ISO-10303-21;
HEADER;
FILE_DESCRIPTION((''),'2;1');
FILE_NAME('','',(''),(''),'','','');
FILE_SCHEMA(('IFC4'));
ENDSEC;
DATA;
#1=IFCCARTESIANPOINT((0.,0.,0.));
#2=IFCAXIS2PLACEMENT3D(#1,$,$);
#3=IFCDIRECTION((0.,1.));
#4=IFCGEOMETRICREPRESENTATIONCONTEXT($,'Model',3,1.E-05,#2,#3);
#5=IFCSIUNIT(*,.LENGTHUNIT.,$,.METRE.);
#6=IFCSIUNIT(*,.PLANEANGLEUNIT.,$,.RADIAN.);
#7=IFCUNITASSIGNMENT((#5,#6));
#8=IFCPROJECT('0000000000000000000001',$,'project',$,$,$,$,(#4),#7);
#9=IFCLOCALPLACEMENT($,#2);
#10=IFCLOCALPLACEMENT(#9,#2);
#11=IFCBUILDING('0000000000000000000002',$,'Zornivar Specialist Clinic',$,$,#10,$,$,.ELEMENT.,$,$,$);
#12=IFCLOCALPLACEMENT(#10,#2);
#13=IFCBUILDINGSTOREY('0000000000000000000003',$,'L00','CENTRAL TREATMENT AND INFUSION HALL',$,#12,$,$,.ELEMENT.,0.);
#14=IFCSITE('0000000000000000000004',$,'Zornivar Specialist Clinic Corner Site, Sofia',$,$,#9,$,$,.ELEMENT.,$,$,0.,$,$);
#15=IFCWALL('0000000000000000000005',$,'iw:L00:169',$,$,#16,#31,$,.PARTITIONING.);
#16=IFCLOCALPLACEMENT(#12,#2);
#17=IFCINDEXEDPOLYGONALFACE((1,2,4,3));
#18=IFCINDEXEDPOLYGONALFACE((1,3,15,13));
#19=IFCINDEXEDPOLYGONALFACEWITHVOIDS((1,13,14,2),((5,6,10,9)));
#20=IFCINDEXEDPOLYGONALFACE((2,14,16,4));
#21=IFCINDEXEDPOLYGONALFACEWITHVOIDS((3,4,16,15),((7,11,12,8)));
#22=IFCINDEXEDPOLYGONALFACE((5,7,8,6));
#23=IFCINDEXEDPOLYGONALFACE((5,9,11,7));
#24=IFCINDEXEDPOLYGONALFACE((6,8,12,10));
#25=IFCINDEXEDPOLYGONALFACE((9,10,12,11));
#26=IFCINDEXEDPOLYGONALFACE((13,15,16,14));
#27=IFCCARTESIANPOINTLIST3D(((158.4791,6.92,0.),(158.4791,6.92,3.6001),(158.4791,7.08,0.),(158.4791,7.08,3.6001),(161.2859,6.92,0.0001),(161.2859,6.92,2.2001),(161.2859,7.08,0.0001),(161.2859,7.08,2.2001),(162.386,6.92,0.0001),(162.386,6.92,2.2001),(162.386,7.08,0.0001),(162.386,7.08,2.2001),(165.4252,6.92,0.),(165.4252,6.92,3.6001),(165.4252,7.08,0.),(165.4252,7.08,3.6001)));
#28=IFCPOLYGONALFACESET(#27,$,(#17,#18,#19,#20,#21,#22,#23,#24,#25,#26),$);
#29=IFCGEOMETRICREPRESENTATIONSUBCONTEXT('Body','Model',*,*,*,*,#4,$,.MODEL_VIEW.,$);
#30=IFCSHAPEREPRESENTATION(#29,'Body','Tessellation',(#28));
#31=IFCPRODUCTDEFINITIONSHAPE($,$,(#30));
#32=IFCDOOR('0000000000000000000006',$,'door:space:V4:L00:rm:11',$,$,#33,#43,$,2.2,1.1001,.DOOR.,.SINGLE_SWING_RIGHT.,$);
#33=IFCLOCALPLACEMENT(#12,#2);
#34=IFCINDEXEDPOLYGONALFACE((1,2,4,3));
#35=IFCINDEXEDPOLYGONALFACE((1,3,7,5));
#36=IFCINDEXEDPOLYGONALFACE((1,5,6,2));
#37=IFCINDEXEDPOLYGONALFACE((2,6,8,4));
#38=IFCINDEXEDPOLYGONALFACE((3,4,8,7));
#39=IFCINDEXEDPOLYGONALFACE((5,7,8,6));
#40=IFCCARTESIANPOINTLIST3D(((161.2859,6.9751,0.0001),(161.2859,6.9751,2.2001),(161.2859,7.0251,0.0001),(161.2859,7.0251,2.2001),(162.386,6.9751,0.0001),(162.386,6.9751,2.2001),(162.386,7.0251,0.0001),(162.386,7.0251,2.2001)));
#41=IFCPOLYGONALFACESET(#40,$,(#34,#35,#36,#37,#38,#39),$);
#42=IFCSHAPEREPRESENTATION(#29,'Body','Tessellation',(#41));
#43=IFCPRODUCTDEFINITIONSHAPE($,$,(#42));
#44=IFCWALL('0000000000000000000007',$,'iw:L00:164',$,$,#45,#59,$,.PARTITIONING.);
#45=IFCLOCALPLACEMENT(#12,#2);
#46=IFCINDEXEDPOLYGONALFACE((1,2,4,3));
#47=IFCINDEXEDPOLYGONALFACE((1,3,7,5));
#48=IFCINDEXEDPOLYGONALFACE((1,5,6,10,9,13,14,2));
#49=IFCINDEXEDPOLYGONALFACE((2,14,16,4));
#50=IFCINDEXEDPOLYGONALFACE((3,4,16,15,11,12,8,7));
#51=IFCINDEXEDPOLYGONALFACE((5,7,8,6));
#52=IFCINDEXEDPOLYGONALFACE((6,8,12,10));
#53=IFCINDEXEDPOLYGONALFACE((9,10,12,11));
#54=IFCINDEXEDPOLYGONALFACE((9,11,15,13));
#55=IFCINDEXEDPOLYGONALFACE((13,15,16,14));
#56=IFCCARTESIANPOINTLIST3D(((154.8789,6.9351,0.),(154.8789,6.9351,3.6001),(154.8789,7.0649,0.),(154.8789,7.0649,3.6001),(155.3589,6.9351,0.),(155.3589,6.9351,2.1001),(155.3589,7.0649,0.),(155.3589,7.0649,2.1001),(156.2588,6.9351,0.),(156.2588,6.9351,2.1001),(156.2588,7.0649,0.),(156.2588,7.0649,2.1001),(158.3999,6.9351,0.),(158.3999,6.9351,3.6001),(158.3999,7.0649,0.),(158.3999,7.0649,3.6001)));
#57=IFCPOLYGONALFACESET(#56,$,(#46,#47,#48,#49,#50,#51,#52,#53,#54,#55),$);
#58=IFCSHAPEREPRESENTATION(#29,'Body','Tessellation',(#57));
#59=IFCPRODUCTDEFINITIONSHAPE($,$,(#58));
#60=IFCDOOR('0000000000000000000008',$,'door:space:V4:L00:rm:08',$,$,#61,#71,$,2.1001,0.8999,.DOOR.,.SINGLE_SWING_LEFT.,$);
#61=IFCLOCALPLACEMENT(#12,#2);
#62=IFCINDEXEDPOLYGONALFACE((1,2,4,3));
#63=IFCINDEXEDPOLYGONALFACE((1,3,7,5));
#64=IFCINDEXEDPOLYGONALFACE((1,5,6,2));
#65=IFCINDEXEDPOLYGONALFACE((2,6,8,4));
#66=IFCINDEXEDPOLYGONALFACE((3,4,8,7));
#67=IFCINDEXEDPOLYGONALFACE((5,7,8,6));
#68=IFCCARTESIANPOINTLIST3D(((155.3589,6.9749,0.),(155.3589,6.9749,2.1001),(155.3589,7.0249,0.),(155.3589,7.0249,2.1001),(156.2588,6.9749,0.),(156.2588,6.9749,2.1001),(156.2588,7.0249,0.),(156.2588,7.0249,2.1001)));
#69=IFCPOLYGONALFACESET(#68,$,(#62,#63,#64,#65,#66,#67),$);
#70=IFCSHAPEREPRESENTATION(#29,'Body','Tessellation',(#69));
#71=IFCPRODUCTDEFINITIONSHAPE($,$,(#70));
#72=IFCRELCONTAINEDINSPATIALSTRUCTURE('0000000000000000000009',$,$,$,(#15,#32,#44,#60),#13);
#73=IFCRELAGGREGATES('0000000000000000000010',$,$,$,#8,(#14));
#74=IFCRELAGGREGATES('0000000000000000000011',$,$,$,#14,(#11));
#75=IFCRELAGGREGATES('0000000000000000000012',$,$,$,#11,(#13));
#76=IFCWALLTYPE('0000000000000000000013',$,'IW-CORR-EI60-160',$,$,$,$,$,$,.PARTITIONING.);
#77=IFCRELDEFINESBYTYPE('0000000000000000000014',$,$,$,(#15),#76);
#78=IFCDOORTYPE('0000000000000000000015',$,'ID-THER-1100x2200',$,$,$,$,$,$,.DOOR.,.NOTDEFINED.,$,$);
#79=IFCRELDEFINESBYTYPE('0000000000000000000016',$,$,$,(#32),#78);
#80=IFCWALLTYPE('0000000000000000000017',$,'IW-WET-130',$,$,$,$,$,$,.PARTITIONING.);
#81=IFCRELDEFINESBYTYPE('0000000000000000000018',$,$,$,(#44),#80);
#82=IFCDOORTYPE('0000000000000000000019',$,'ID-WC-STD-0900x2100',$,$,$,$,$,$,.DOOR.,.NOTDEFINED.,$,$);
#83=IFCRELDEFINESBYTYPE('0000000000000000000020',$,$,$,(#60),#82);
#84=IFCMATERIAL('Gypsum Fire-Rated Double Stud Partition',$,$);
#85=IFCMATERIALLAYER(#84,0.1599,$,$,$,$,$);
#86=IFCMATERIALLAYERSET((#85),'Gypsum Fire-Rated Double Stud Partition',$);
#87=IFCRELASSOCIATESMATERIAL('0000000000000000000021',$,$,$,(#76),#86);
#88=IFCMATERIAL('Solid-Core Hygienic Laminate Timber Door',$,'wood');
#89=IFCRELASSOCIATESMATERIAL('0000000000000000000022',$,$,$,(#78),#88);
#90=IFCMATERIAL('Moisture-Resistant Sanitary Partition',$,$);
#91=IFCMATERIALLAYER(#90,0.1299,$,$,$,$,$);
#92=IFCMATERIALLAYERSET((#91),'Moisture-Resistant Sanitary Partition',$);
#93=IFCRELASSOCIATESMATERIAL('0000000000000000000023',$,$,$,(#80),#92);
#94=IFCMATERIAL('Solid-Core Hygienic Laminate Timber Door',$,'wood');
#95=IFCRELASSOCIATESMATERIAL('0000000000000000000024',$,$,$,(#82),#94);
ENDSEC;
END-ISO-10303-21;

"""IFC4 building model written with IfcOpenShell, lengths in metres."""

from ifc_helpers import new_model, si_unit, direction, frame, frame_2d, origin, place, context, subcontext, project, spatial, rectangle, extrude, material, layer, layer_set, type_object, element, fill, save


model = new_model("IFC4")

# Units and contexts
model_context = context("Model", 3, precision=1e-05, world=origin(), true_north=direction((0.0, 1.0)))
body_context = subcontext(model_context, "Body", "Model", "MODEL_VIEW")
ifc_project = project(units=[si_unit("LENGTHUNIT", "METRE"), si_unit("PLANEANGLEUNIT", "RADIAN")], contexts=[model_context])

# Site, building, storey
site_placement = place(None, origin())
site = spatial("IfcSite", under=ifc_project, at=site_placement, Name="Zornivar Specialist Clinic Corner Site, Sofia", CompositionType="ELEMENT", RefElevation=0.0)
building_placement = place(site_placement, origin())
building = spatial("IfcBuilding", under=site, at=building_placement, Name="Zornivar Specialist Clinic", CompositionType="ELEMENT")
storey_placement = place(building_placement, origin())
storey = spatial("IfcBuildingStorey", under=building, at=storey_placement, Name="L00", Description="CENTRAL TREATMENT AND INFUSION HALL", CompositionType="ELEMENT", Elevation=0.0)

# Walls, openings, doors
ifc_material_1 = material(Name="Gypsum Fire-Rated Double Stud Partition")
ifc_layer_1 = layer(ifc_material_1, 0.1599)
ifc_layer_set_1 = layer_set([ifc_layer_1], Name="Gypsum Fire-Rated Double Stud Partition")
wall_type_1 = type_object("IfcWallType", Name="IW-CORR-EI60-160", PredefinedType="PARTITIONING", material=ifc_layer_set_1)
wall_1_placement = place(storey_placement, frame((158.479, 7.0, 0.0), z_axis=(0.0, 0.0, 1.0), x_axis=(1.0, 0.0, 0.0)))
wall_1 = element("IfcWall", 1, at=wall_1_placement, inside=storey, type_object=wall_type_1, Name="iw:L00:169", PredefinedType="PARTITIONING", context=body_context, shape_type="SweptSolid", body=[
    extrude(rectangle(XDim=6.946, YDim=0.1599, at=frame_2d((3.4731, 0.0))), origin(), (0.0, 0.0, 1.0), 3.6001),
])
opening_1_placement = place(wall_1_placement, frame((2.8069, 0.0, 0.0)))
opening_1 = element("IfcOpeningElement", 2, at=opening_1_placement, cuts=wall_1, PredefinedType="OPENING", context=body_context, shape_type="SweptSolid", body=[
    extrude(rectangle(XDim=1.1001, YDim=2.2, at=frame_2d((0.55, 1.1001))), frame((0.0, 0.0898, 0.0), z_axis=(0.0, -1.0, 0.0), x_axis=(1.0, 0.0, 0.0)), (0.0, 0.0, 1.0), 0.1799),
])
ifc_material_2 = material(Name="Solid-Core Hygienic Laminate Timber Door", Category="wood")
door_type_1 = type_object("IfcDoorType", Name="ID-THER-1100x2200", OperationType="NOTDEFINED", PredefinedType="DOOR", material=ifc_material_2)
door_1_placement = place(opening_1_placement, frame((1.1001, 0.0, 0.0), z_axis=(0.0, 0.0, 1.0), x_axis=(-1.0, 0.0, 0.0)))
door_1 = element("IfcDoor", 3, at=door_1_placement, inside=storey, type_object=door_type_1, Name="door:space:V4:L00:rm:11", OperationType="SINGLE_SWING_RIGHT", OverallHeight=2.2, OverallWidth=1.1001, PredefinedType="DOOR", context=body_context, shape_type="SweptSolid", body=[
    extrude(rectangle(XDim=1.1001, YDim=2.2, at=frame_2d((0.55, 1.1001))), frame((0.0, 0.0249, 0.0), z_axis=(0.0, -1.0, 0.0), x_axis=(1.0, 0.0, 0.0)), (0.0, 0.0, 1.0), 0.05),
])
fill(opening_1, door_1)
ifc_material_3 = material(Name="Moisture-Resistant Sanitary Partition")
ifc_layer_2 = layer(ifc_material_3, 0.1299)
ifc_layer_set_2 = layer_set([ifc_layer_2], Name="Moisture-Resistant Sanitary Partition")
wall_type_2 = type_object("IfcWallType", Name="IW-WET-130", PredefinedType="PARTITIONING", material=ifc_layer_set_2)
wall_2_placement = place(storey_placement, frame((154.8789, 7.0, 0.0), z_axis=(0.0, 0.0, 1.0), x_axis=(1.0, 0.0, 0.0)))
wall_2 = element("IfcWall", 4, at=wall_2_placement, inside=storey, type_object=wall_type_2, Name="iw:L00:164", PredefinedType="PARTITIONING", context=body_context, shape_type="SweptSolid", body=[
    extrude(rectangle(XDim=3.521, YDim=0.1299, at=frame_2d((1.7605, 0.0))), origin(), (0.0, 0.0, 1.0), 3.6001),
])
opening_2_placement = place(wall_2_placement, frame((0.48, 0.0, 0.0)))
opening_2 = element("IfcOpeningElement", 5, at=opening_2_placement, cuts=wall_2, PredefinedType="OPENING", context=body_context, shape_type="SweptSolid", body=[
    extrude(rectangle(XDim=0.8999, YDim=2.1001, at=frame_2d((0.45, 1.05))), frame((0.0, 0.075, 0.0), z_axis=(0.0, -1.0, 0.0), x_axis=(1.0, 0.0, 0.0)), (0.0, 0.0, 1.0), 0.1499),
])
ifc_material_4 = material(Name="Solid-Core Hygienic Laminate Timber Door", Category="wood")
door_type_2 = type_object("IfcDoorType", Name="ID-WC-STD-0900x2100", OperationType="NOTDEFINED", PredefinedType="DOOR", material=ifc_material_4)
door_2_placement = place(opening_2_placement, origin())
door_2 = element("IfcDoor", 6, at=door_2_placement, inside=storey, type_object=door_type_2, Name="door:space:V4:L00:rm:08", OperationType="SINGLE_SWING_LEFT", OverallHeight=2.1001, OverallWidth=0.8999, PredefinedType="DOOR", context=body_context, shape_type="SweptSolid", body=[
    extrude(rectangle(XDim=0.8999, YDim=2.1001, at=frame_2d((0.45, 1.05))), frame((0.0, 0.0249, 0.0), z_axis=(0.0, -1.0, 0.0), x_axis=(1.0, 0.0, 0.0)), (0.0, 0.0, 1.0), 0.05),
])
fill(opening_2, door_2)

save(model, "model.ifc")
